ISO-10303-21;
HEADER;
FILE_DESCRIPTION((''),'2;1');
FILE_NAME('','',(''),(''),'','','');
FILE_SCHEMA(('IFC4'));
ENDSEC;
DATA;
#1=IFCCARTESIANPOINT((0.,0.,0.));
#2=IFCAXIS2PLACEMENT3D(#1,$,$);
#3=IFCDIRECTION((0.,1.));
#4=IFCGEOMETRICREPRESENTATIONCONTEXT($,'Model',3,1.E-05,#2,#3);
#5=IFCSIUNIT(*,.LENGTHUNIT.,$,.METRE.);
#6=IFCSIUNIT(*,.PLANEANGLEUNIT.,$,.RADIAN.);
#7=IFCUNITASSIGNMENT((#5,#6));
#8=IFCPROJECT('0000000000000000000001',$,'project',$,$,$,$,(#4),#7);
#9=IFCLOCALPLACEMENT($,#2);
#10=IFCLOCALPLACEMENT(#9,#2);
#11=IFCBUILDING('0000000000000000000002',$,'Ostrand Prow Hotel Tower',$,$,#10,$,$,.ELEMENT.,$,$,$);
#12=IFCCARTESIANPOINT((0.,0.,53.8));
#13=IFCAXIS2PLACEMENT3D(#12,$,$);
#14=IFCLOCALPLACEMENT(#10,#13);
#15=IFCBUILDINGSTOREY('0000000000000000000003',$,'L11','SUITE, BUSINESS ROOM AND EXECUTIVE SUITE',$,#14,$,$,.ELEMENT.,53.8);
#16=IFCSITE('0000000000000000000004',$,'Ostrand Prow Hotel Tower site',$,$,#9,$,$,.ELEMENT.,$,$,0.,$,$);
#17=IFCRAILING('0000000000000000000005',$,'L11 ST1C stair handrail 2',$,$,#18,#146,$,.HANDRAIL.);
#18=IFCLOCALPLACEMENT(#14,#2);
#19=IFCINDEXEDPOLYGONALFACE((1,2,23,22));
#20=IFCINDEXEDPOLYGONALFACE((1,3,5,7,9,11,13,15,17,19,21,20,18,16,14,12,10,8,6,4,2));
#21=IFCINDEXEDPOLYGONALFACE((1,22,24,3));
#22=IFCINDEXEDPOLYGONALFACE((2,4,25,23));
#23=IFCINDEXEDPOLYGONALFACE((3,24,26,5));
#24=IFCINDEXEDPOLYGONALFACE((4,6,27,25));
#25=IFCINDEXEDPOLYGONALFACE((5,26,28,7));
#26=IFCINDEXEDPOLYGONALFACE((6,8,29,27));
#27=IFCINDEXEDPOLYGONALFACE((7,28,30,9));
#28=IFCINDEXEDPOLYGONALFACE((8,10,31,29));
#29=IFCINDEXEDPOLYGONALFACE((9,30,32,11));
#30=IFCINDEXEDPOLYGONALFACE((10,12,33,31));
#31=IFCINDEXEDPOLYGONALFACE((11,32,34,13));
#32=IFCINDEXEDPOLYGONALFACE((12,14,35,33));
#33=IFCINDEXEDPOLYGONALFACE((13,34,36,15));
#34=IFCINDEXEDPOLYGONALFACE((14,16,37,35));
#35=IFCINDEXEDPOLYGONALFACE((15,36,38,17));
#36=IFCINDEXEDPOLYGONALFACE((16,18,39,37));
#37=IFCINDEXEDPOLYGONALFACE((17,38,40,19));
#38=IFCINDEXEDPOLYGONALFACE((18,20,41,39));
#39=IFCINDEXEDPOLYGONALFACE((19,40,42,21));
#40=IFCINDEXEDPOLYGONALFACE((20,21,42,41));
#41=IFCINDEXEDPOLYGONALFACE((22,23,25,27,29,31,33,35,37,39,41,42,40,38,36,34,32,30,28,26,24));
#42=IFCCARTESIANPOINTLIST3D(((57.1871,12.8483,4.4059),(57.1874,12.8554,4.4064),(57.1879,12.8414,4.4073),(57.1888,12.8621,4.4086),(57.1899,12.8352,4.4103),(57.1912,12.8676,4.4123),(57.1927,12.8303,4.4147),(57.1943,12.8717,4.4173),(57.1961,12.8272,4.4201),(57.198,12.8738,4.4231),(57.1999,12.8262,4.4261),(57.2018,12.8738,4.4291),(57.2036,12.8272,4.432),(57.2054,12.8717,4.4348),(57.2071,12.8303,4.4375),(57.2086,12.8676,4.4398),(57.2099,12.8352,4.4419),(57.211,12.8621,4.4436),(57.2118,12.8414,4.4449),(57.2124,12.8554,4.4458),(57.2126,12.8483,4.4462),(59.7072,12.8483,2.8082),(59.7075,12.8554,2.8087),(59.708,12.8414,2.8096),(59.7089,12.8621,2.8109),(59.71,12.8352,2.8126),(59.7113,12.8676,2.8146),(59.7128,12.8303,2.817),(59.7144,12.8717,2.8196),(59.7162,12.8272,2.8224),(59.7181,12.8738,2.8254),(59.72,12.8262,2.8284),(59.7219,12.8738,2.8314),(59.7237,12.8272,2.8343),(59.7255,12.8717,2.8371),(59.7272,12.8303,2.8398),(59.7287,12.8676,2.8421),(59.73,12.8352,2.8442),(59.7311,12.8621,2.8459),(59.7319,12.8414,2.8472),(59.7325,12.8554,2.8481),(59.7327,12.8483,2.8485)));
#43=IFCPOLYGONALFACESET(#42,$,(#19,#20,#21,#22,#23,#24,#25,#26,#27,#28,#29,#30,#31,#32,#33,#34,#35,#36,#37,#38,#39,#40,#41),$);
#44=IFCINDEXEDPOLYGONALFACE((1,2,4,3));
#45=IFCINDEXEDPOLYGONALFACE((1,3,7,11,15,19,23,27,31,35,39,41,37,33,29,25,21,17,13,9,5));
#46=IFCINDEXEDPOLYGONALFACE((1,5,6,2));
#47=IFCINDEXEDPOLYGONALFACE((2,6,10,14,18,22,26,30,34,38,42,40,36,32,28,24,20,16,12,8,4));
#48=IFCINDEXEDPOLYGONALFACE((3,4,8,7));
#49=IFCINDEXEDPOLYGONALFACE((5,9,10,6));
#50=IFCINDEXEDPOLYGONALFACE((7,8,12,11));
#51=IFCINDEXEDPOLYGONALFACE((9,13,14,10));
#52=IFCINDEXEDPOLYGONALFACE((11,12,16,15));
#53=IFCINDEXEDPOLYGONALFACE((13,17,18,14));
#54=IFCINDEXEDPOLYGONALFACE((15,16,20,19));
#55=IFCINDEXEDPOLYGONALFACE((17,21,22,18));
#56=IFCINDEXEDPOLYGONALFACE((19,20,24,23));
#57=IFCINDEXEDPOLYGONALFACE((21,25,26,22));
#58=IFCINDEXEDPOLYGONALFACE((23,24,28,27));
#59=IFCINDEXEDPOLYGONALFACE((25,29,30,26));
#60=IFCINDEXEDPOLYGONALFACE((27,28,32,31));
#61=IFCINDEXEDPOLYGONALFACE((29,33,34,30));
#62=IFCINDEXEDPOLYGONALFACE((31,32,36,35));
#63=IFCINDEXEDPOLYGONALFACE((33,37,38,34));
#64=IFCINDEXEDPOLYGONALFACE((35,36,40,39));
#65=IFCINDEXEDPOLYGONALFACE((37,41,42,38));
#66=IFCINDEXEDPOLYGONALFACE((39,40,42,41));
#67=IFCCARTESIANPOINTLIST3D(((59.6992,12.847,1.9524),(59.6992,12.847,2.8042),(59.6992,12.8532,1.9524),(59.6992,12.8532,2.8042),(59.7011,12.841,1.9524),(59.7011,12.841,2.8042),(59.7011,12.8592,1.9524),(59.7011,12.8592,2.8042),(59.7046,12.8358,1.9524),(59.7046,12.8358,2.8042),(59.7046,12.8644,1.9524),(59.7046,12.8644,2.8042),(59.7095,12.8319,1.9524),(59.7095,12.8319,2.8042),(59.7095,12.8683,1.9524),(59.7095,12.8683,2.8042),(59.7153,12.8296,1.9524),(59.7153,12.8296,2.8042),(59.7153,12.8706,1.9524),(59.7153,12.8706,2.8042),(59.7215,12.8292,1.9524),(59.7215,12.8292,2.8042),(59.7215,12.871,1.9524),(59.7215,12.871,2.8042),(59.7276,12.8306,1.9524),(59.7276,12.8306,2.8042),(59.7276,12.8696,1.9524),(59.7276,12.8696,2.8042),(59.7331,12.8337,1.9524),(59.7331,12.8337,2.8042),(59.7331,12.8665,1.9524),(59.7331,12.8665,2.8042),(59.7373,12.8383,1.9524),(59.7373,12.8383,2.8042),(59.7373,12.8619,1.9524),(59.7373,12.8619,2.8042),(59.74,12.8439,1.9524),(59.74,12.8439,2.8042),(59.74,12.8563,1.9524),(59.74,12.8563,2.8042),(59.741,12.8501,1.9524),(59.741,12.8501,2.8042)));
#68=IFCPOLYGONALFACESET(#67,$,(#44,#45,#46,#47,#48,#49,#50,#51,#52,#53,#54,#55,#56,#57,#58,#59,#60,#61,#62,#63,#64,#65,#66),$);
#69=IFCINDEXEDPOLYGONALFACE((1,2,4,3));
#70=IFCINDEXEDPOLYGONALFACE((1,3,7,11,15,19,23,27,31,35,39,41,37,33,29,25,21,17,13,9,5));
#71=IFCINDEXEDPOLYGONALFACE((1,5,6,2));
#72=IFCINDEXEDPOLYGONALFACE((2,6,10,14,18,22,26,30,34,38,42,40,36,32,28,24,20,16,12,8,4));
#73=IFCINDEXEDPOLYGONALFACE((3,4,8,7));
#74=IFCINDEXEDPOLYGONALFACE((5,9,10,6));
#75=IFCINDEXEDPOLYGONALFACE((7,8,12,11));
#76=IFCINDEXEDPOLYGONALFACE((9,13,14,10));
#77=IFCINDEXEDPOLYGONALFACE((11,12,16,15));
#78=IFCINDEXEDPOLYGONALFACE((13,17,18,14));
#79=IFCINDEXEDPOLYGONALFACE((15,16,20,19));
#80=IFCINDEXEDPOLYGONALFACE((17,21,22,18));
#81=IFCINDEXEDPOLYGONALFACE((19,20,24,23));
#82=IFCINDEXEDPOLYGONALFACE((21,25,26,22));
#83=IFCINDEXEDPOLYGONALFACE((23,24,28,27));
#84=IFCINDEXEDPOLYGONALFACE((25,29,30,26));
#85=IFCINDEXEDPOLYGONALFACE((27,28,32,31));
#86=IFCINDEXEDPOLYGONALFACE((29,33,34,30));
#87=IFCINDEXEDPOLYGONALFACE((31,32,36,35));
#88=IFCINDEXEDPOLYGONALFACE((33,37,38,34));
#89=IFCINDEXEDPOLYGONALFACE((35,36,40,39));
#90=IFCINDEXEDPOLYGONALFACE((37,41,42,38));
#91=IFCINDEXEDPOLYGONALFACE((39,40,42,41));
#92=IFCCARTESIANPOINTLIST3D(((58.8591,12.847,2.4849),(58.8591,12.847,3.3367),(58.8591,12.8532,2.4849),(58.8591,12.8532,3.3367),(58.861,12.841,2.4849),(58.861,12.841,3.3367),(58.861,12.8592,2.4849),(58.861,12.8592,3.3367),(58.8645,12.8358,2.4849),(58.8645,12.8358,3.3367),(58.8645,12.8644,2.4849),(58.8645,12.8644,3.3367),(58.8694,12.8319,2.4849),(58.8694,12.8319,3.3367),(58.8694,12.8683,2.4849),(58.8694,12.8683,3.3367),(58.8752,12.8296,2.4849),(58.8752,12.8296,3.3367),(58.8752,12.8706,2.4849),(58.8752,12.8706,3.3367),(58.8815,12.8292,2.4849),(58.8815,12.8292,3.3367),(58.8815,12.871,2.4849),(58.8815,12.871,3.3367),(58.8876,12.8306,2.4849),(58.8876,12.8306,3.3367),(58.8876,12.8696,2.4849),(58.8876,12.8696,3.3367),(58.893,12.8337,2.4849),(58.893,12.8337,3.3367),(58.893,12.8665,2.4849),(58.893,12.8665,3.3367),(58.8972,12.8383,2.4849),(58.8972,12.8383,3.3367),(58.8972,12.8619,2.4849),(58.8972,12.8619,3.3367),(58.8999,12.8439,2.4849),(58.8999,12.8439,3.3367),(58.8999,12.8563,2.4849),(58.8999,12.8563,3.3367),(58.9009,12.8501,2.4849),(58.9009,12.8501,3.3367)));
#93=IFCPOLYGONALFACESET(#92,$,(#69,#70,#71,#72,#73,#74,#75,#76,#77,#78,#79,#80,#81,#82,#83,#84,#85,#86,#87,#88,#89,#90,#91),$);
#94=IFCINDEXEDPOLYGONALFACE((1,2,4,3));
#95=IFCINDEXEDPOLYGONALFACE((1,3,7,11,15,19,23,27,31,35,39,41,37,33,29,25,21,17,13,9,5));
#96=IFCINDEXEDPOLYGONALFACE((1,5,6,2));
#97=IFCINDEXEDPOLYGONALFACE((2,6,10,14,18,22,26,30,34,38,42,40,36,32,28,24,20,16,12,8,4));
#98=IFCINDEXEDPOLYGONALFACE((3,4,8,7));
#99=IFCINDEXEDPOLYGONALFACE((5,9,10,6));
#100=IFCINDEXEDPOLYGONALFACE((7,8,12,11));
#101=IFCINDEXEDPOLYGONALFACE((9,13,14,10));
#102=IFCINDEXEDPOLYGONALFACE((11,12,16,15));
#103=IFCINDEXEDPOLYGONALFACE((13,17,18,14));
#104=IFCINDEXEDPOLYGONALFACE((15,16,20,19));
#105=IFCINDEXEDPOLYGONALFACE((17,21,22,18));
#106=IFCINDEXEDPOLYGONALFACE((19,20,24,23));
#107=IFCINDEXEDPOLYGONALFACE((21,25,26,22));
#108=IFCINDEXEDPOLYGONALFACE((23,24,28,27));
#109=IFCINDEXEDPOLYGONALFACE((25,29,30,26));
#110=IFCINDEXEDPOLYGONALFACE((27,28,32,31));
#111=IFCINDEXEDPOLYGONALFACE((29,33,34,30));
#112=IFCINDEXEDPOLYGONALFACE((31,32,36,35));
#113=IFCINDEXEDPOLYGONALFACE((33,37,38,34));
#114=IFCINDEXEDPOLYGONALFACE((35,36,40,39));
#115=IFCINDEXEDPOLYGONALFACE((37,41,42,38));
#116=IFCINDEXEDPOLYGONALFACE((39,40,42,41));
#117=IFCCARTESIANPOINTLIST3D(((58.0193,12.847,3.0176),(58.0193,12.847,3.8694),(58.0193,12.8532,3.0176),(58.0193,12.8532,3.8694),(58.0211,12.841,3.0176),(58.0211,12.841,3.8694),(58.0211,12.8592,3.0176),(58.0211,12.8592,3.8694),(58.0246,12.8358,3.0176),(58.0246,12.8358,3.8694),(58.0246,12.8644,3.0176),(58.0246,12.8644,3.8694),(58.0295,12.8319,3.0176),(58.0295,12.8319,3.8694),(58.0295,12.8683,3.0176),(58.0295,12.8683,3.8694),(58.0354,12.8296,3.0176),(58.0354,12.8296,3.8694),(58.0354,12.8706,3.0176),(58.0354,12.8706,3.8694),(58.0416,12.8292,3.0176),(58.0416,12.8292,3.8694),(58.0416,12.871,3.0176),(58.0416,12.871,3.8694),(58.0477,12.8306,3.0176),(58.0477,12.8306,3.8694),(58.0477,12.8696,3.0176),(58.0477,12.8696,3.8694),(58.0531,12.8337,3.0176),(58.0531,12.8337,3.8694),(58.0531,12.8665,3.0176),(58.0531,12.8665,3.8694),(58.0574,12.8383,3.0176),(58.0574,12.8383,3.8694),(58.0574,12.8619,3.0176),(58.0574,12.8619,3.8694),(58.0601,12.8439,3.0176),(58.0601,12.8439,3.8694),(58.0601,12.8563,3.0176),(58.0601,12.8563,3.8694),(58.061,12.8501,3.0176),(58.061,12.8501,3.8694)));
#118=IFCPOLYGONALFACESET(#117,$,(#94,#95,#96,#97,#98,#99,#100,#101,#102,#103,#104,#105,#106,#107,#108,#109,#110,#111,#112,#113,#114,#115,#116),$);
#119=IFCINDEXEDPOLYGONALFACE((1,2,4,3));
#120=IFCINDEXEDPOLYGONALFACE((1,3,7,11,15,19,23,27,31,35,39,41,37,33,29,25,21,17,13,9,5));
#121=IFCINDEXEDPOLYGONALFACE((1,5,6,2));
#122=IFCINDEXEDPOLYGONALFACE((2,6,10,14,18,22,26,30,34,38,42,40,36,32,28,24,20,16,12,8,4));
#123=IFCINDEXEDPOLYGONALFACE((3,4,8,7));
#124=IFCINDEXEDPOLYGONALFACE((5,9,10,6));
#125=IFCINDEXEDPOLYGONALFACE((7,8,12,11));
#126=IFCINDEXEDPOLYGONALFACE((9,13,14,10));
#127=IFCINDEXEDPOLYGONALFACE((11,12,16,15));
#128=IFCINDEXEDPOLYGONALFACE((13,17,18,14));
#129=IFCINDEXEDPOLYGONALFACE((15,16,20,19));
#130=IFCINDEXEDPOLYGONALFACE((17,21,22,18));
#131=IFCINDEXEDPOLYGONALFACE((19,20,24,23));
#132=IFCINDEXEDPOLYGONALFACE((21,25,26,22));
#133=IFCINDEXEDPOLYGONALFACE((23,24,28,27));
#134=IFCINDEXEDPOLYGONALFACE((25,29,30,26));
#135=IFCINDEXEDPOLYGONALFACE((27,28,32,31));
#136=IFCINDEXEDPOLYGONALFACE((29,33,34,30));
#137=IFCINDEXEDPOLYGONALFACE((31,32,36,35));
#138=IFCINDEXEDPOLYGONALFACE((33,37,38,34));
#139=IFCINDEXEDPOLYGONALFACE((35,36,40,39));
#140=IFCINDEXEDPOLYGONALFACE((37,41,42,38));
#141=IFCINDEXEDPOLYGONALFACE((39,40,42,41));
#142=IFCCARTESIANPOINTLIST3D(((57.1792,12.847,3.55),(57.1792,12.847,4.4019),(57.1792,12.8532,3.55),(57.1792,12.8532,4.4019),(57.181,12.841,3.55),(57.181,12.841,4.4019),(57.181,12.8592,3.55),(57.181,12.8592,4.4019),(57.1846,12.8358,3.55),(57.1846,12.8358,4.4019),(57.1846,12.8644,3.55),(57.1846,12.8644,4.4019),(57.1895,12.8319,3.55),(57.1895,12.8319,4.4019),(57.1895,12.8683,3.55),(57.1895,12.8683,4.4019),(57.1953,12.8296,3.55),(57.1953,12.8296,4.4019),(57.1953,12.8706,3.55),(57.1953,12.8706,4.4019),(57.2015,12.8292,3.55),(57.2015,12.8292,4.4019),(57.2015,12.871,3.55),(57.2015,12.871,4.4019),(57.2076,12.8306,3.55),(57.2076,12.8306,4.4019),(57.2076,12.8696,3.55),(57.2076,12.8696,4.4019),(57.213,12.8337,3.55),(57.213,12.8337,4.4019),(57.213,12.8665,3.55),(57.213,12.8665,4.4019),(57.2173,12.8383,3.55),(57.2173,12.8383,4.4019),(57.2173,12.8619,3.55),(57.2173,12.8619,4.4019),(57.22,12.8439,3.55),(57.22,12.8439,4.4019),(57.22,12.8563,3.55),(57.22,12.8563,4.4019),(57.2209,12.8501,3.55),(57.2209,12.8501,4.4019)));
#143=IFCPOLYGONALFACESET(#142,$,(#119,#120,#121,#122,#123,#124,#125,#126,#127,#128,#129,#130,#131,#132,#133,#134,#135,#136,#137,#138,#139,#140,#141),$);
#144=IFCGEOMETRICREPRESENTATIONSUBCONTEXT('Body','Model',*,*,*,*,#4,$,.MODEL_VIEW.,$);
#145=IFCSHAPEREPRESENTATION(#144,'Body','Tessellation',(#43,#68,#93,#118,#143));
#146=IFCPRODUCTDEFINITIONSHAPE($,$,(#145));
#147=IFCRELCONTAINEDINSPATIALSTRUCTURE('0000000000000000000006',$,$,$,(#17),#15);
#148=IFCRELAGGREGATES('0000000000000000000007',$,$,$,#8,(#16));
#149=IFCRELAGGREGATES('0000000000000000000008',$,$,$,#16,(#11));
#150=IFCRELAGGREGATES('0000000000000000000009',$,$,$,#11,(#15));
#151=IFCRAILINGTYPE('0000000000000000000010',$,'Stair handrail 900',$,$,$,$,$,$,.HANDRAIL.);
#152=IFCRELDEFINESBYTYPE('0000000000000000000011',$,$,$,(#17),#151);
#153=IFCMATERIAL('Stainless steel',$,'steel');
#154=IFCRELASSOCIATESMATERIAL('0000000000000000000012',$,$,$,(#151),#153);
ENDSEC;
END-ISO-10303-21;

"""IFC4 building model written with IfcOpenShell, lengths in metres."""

from ifc_helpers import new_model, si_unit, direction, frame, origin, origin_2d, place, context, subcontext, project, spatial, circle, extrude, material, type_object, element, save


model = new_model("IFC4")

# Units and contexts
model_context = context("Model", 3, precision=1e-05, world=origin(), true_north=direction((0.0, 1.0)))
body_context = subcontext(model_context, "Body", "Model", "MODEL_VIEW")
ifc_project = project(units=[si_unit("LENGTHUNIT", "METRE"), si_unit("PLANEANGLEUNIT", "RADIAN")], contexts=[model_context])

# Site, building, storey
site_placement = place(None, origin())
site = spatial("IfcSite", under=ifc_project, at=site_placement, Name="Ostrand Prow Hotel Tower site", CompositionType="ELEMENT", RefElevation=0.0)
building_placement = place(site_placement, origin())
building = spatial("IfcBuilding", under=site, at=building_placement, Name="Ostrand Prow Hotel Tower", CompositionType="ELEMENT")
storey_placement = place(building_placement, frame((0.0, 0.0, 53.8)))
storey = spatial("IfcBuildingStorey", under=building, at=storey_placement, Name="L11", Description="SUITE, BUSINESS ROOM AND EXECUTIVE SUITE", CompositionType="ELEMENT", Elevation=53.8)

# Railing
ifc_material_1 = material(Name="Stainless steel", Category="steel")
railing_type_1 = type_object("IfcRailingType", Name="Stair handrail 900", PredefinedType="HANDRAIL", material=ifc_material_1)
railing_1_placement = place(storey_placement, frame((59.72, 12.8501, 1.9524)))
element("IfcRailing", 1, at=railing_1_placement, inside=storey, type_object=railing_type_1, Name="L11 ST1C stair handrail 2", PredefinedType="HANDRAIL", context=body_context, shape_type="SweptSolid", body=[
    extrude(circle(Radius=0.0239, at=origin_2d()), frame((0.0, 0.0, 0.876), z_axis=(-0.84457, 0.0, 0.535445), x_axis=(0.0, -1.0, 0.0)), (0.0, 0.0, 1.0), 2.9839),
    extrude(circle(Radius=0.021, at=origin_2d()), origin(), (0.0, 0.0, 1.0), 0.8518),
    extrude(circle(Radius=0.021, at=origin_2d()), frame((-0.8401, 0.0, 0.5325)), (0.0, 0.0, 1.0), 0.8518),
    extrude(circle(Radius=0.021, at=origin_2d()), frame((-1.6799, 0.0, 1.0652)), (0.0, 0.0, 1.0), 0.8518),
    extrude(circle(Radius=0.021, at=origin_2d()), frame((-2.52, 0.0, 1.5977)), (0.0, 0.0, 1.0), 0.8518),
])

save(model, "model.ifc")
